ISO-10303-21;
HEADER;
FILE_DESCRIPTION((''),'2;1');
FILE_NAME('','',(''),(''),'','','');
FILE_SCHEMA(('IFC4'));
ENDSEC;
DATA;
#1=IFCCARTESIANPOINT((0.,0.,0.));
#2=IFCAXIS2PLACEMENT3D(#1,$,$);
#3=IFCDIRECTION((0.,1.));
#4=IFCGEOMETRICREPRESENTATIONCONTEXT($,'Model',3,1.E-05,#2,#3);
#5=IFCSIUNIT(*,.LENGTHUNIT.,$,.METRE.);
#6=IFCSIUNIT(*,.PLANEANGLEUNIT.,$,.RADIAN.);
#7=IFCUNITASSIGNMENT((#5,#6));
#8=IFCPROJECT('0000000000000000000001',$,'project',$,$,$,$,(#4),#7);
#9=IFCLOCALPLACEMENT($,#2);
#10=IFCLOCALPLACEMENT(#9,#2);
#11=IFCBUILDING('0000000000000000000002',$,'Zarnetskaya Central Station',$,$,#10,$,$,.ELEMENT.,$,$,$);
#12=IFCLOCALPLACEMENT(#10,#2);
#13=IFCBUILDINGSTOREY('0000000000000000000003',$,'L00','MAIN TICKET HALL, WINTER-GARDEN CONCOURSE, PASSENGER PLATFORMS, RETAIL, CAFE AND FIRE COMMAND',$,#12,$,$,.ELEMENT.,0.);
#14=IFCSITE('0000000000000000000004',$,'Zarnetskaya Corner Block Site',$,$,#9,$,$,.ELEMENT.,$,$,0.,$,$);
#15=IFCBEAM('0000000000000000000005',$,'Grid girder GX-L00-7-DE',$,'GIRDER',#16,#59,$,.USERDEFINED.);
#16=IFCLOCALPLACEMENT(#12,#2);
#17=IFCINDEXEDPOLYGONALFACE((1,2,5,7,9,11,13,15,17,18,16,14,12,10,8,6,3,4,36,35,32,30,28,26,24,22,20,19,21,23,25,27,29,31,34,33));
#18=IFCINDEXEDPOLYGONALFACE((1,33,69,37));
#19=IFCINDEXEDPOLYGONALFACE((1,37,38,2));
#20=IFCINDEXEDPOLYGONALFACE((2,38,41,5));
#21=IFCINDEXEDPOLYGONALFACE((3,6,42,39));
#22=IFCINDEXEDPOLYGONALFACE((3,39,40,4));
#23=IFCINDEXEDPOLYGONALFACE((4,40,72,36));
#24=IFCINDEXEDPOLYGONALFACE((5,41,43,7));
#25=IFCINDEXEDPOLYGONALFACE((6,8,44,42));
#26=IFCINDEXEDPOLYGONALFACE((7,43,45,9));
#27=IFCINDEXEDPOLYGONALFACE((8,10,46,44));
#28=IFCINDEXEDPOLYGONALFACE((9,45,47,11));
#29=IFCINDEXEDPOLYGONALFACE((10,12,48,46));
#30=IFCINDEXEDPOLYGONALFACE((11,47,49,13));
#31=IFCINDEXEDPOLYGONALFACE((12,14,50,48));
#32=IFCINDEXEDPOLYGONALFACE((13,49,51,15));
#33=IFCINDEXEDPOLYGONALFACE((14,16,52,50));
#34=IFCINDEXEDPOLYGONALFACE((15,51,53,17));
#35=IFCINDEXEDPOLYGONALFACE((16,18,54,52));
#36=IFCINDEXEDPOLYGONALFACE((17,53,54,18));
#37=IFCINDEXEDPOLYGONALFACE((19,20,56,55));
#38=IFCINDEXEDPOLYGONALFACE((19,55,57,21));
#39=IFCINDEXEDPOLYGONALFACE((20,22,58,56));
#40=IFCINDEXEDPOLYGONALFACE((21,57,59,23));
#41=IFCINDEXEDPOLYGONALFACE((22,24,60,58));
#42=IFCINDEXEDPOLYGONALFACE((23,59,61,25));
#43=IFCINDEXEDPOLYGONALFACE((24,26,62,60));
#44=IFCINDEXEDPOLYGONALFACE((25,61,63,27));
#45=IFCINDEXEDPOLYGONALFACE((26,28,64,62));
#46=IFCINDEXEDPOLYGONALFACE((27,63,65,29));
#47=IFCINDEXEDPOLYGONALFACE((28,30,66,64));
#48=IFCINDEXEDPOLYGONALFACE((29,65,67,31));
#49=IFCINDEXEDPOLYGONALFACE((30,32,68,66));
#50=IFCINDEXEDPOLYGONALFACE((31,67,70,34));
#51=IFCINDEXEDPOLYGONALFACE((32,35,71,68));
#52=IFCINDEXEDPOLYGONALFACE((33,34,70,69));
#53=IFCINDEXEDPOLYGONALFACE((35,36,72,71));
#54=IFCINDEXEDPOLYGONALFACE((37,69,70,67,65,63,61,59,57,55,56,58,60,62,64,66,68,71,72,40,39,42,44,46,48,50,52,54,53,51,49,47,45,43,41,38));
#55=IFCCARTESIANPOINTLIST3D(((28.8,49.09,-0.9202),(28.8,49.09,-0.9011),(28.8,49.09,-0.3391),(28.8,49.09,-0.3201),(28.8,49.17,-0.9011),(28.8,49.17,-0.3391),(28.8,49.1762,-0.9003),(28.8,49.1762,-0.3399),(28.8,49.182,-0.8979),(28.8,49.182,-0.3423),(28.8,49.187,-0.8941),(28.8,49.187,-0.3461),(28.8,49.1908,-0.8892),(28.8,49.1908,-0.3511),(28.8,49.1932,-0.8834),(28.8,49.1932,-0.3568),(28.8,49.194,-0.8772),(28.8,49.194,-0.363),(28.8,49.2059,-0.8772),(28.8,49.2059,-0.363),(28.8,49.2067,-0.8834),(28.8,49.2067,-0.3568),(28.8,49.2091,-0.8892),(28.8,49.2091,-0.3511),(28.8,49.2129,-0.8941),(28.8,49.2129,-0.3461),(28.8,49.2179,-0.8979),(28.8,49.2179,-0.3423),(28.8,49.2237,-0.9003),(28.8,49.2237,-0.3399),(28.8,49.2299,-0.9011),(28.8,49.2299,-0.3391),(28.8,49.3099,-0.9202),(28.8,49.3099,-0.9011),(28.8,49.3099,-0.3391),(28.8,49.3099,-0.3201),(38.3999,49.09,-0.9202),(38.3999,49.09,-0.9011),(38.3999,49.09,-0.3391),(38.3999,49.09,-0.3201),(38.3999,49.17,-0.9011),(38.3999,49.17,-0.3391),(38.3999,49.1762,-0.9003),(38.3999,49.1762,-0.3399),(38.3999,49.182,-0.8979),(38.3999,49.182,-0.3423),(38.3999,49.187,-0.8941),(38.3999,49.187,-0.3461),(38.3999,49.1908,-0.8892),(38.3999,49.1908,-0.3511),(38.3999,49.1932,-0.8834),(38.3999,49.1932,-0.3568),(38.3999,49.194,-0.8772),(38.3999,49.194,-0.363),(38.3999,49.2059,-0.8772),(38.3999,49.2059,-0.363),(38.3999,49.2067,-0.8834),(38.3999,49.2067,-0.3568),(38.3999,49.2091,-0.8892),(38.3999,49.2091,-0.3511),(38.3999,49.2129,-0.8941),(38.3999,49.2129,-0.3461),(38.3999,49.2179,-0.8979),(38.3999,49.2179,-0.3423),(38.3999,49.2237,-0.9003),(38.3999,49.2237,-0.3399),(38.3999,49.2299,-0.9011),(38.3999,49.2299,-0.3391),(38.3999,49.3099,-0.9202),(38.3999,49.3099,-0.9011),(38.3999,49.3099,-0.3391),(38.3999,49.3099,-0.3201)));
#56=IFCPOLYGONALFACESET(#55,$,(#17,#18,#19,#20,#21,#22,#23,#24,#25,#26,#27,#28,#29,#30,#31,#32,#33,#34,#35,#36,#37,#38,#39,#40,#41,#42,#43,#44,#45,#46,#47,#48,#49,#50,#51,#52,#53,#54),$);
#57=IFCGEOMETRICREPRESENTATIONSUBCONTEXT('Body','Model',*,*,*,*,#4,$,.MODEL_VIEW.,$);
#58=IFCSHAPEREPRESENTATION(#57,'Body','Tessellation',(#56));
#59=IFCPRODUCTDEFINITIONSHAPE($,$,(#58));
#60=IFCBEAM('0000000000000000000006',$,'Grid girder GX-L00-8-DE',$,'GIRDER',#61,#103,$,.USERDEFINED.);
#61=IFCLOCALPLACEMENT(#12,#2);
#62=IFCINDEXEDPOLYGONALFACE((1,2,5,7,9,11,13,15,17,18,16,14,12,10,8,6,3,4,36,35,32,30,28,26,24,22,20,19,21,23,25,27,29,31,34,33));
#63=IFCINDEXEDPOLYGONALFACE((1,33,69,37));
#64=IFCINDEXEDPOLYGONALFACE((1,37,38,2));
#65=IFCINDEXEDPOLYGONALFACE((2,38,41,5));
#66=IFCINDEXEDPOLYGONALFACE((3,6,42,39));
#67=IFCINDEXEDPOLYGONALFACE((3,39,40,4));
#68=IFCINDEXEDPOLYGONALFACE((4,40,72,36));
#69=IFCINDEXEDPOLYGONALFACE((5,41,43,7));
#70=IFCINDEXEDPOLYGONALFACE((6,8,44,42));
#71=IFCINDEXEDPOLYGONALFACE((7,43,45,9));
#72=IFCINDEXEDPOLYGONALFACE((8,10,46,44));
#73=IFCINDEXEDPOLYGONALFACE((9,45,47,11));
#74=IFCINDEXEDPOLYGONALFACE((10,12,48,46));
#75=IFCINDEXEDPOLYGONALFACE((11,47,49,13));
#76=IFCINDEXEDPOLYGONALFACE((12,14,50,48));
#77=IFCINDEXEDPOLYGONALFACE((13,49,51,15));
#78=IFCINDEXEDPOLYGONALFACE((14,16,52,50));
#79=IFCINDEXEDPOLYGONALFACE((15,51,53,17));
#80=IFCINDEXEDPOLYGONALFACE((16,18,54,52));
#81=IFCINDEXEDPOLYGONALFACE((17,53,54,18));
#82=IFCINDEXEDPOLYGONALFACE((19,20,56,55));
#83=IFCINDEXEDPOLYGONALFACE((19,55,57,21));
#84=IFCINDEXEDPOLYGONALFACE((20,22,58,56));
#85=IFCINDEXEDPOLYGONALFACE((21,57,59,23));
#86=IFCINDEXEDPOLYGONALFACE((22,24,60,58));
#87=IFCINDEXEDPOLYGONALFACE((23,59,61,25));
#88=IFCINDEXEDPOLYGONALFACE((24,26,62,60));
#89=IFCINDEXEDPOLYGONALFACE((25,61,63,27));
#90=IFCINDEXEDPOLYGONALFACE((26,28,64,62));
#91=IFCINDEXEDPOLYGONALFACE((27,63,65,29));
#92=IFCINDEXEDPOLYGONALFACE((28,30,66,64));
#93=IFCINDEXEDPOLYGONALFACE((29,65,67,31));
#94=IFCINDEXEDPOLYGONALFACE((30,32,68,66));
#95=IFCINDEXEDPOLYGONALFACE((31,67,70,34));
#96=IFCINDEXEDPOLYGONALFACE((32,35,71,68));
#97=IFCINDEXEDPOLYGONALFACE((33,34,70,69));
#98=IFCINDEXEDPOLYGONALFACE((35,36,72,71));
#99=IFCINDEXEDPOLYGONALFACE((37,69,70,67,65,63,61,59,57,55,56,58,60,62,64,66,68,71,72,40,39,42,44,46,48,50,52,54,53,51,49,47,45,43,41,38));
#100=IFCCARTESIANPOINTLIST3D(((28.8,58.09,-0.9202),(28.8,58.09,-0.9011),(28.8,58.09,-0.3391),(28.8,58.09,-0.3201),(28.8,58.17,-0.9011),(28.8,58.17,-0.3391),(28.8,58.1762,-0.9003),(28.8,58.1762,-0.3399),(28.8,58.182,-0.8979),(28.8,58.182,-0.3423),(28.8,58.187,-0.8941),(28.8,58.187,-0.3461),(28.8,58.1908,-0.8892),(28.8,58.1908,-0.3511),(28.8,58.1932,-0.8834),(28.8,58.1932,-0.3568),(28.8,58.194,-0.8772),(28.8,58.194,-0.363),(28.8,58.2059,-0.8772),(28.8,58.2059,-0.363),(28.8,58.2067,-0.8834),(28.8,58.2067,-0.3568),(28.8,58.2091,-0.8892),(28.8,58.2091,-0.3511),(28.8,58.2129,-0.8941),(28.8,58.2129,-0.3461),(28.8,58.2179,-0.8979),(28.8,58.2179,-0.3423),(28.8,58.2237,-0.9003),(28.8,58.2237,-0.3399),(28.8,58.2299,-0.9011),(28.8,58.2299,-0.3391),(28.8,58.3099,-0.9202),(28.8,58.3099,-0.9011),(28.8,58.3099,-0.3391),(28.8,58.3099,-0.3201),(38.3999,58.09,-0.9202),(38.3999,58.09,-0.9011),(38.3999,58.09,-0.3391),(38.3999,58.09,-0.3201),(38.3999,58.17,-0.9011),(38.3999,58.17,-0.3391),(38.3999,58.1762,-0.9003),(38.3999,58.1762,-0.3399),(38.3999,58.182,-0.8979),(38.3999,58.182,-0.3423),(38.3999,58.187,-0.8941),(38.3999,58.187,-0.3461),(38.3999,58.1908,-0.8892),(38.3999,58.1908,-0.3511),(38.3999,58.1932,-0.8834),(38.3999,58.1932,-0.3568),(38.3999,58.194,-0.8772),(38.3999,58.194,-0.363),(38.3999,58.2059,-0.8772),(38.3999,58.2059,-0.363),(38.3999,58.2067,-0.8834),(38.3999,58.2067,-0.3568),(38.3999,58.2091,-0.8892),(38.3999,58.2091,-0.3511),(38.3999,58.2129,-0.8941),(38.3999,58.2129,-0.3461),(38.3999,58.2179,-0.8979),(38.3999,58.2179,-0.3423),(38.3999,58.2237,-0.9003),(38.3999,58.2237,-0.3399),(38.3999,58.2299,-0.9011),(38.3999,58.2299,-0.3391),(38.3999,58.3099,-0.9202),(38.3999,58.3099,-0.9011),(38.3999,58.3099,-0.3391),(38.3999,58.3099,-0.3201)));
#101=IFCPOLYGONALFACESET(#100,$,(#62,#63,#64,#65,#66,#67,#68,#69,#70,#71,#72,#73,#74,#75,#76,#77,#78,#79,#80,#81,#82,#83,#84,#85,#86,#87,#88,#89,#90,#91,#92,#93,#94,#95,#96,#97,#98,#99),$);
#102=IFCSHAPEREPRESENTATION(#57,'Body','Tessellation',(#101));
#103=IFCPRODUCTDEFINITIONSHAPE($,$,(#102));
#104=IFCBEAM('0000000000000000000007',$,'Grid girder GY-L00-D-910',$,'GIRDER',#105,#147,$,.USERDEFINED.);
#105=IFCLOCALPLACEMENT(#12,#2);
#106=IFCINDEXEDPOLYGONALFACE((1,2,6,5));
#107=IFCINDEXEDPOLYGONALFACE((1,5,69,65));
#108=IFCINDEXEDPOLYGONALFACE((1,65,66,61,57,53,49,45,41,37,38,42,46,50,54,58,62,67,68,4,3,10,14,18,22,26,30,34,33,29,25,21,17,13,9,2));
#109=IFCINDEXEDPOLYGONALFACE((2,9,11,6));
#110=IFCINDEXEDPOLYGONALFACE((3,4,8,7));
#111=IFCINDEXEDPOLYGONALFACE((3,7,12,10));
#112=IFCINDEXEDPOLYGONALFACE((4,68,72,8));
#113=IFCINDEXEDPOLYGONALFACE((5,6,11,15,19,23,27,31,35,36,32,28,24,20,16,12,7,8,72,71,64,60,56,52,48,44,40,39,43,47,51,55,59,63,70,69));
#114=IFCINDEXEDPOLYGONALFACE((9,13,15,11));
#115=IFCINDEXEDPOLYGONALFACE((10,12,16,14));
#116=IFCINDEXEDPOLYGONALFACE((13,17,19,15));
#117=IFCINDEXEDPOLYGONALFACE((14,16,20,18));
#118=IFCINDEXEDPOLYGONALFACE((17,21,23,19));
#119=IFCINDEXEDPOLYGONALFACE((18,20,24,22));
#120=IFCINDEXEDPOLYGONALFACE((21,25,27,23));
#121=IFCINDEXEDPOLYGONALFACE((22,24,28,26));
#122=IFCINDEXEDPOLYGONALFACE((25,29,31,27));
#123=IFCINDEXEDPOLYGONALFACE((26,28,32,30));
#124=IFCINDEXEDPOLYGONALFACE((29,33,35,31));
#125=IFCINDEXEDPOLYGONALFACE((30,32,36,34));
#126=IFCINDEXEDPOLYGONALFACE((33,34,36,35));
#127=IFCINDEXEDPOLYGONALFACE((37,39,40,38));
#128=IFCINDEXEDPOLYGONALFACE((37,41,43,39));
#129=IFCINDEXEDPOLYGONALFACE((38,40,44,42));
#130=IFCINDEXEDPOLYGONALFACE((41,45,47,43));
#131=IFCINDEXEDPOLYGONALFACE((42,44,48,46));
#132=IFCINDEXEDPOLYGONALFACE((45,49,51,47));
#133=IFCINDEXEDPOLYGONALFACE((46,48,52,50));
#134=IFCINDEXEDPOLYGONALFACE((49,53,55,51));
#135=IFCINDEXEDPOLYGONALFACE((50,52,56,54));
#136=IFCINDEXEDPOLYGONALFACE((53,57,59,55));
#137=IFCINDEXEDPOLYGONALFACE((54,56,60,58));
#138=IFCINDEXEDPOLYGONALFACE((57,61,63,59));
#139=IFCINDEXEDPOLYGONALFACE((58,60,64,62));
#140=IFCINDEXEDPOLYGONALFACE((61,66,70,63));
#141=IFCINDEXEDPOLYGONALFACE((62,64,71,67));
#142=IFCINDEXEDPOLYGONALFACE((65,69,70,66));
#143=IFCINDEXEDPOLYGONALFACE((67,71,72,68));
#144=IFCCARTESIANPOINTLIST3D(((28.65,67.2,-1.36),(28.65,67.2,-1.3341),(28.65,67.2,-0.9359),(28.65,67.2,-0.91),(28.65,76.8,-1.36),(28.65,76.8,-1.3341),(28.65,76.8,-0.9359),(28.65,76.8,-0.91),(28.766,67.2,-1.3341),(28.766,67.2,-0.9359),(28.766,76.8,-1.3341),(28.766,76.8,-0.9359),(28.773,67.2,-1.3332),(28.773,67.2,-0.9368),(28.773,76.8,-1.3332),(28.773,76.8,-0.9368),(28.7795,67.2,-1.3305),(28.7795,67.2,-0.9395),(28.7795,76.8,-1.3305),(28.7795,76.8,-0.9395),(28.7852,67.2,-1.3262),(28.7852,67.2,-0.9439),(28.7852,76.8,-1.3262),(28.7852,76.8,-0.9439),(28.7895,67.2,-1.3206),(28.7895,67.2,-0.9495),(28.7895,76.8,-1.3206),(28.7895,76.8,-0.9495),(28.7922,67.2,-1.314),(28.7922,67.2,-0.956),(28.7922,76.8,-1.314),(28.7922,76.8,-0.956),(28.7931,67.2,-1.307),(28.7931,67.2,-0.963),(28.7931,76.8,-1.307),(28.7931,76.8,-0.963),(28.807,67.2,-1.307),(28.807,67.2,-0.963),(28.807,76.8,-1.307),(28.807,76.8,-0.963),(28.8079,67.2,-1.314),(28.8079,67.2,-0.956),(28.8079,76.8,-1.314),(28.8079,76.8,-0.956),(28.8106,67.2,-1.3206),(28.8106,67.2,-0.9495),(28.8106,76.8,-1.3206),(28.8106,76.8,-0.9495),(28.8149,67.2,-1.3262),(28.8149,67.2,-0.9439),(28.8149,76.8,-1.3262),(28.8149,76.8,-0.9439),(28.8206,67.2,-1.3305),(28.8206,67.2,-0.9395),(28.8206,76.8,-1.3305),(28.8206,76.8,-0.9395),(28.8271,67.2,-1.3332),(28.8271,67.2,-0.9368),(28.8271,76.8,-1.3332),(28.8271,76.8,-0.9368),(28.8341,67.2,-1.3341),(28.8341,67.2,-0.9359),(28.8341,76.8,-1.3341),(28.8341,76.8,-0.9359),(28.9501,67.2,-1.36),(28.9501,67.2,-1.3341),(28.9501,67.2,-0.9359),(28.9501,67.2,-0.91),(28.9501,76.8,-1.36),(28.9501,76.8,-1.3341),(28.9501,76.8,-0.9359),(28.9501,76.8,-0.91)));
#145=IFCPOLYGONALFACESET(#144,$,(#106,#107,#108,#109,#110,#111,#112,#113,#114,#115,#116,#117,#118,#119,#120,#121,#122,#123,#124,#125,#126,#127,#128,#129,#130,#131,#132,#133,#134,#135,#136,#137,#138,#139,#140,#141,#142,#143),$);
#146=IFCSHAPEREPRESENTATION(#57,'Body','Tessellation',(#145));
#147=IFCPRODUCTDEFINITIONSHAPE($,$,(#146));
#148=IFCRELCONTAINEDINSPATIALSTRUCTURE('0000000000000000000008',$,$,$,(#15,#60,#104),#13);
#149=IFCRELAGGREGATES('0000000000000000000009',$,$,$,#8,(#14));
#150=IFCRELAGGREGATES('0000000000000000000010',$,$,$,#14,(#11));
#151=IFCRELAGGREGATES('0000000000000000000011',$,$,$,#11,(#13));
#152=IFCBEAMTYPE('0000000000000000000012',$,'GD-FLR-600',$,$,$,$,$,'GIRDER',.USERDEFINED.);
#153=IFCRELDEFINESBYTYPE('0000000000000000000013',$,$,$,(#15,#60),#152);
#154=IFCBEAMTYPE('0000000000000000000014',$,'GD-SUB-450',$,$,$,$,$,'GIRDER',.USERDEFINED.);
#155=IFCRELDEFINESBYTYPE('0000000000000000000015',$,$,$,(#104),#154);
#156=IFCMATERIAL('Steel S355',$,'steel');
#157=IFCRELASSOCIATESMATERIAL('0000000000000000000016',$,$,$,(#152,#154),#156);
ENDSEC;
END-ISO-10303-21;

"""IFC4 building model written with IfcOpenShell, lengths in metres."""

from ifc_helpers import new_model, si_unit, direction, frame, origin, origin_2d, place, context, subcontext, project, spatial, i_section, extrude, material, material_profile, profile_set, type_object, element, save


model = new_model("IFC4")

# Units and contexts
model_context = context("Model", 3, precision=1e-05, world=origin(), true_north=direction((0.0, 1.0)))
body_context = subcontext(model_context, "Body", "Model", "MODEL_VIEW")
ifc_project = project(units=[si_unit("LENGTHUNIT", "METRE"), si_unit("PLANEANGLEUNIT", "RADIAN")], contexts=[model_context])

# Site, building, storey
site_placement = place(None, origin())
site = spatial("IfcSite", under=ifc_project, at=site_placement, Name="Zarnetskaya Corner Block Site", CompositionType="ELEMENT", RefElevation=0.0)
building_placement = place(site_placement, origin())
building = spatial("IfcBuilding", under=site, at=building_placement, Name="Zarnetskaya Central Station", CompositionType="ELEMENT")
storey_placement = place(building_placement, origin())
storey = spatial("IfcBuildingStorey", under=building, at=storey_placement, Name="L00", Description="MAIN TICKET HALL, WINTER-GARDEN CONCOURSE, PASSENGER PLATFORMS, RETAIL, CAFE AND FIRE COMMAND", CompositionType="ELEMENT", Elevation=0.0)

# Shared definitions
ifc_material_1 = material(Name="Steel S355", Category="steel")

# Beams
ifc_material_profile_1 = material_profile(ifc_material_1, i_section(OverallWidth=0.22, OverallDepth=0.6001, WebThickness=0.012, FlangeThickness=0.019, FilletRadius=0.0239, at=origin_2d()), Name="IPE 600")
ifc_profile_set_1 = profile_set([ifc_material_profile_1], Name="Steel S355")
beam_type_1 = type_object("IfcBeamType", Name="GD-FLR-600", ElementType="GIRDER", PredefinedType="USERDEFINED", material=ifc_profile_set_1)
for number, where, z_axis, x_axis, name in (
    (1, (28.8, 49.2, -0.6201), (1.0, 0.0, 0.0), (0.0, 1.0, 0.0), "Grid girder GX-L00-7-DE"),
    (2, (28.8, 58.2, -0.6201), (1.0, 0.0, 0.0), (0.0, 1.0, 0.0), "Grid girder GX-L00-8-DE"),
):
    element("IfcBeam", number, at=place(storey_placement, frame(where, z_axis=z_axis, x_axis=x_axis)), inside=storey, type_object=beam_type_1, Name=name, ObjectType="GIRDER", PredefinedType="USERDEFINED", context=body_context, shape_type="SweptSolid", body=[
        extrude(i_section(OverallWidth=0.22, OverallDepth=0.6001, WebThickness=0.012, FlangeThickness=0.019, FilletRadius=0.0239, at=origin_2d()), origin(), (0.0, 0.0, 1.0), 9.5999),
    ])
ifc_material_profile_2 = material_profile(ifc_material_1, i_section(OverallWidth=0.3, OverallDepth=0.45, WebThickness=0.0139, FlangeThickness=0.0259, FilletRadius=0.0271, at=origin_2d()), Name="HEB 450")
ifc_profile_set_2 = profile_set([ifc_material_profile_2], Name="Steel S355")
beam_type_2 = type_object("IfcBeamType", Name="GD-SUB-450", ElementType="GIRDER", PredefinedType="USERDEFINED", material=ifc_profile_set_2)
beam_1_placement = place(storey_placement, frame((28.8, 67.2, -1.135), z_axis=(0.0, 1.0, 0.0), x_axis=(-1.0, 0.0, 0.0)))
element("IfcBeam", 3, at=beam_1_placement, inside=storey, type_object=beam_type_2, Name="Grid girder GY-L00-D-910", ObjectType="GIRDER", PredefinedType="USERDEFINED", context=body_context, shape_type="SweptSolid", body=[
    extrude(i_section(OverallWidth=0.3, OverallDepth=0.45, WebThickness=0.0139, FlangeThickness=0.0259, FilletRadius=0.0271, at=origin_2d()), origin(), (0.0, 0.0, 1.0), 9.6001),
])

save(model, "model.ifc")
